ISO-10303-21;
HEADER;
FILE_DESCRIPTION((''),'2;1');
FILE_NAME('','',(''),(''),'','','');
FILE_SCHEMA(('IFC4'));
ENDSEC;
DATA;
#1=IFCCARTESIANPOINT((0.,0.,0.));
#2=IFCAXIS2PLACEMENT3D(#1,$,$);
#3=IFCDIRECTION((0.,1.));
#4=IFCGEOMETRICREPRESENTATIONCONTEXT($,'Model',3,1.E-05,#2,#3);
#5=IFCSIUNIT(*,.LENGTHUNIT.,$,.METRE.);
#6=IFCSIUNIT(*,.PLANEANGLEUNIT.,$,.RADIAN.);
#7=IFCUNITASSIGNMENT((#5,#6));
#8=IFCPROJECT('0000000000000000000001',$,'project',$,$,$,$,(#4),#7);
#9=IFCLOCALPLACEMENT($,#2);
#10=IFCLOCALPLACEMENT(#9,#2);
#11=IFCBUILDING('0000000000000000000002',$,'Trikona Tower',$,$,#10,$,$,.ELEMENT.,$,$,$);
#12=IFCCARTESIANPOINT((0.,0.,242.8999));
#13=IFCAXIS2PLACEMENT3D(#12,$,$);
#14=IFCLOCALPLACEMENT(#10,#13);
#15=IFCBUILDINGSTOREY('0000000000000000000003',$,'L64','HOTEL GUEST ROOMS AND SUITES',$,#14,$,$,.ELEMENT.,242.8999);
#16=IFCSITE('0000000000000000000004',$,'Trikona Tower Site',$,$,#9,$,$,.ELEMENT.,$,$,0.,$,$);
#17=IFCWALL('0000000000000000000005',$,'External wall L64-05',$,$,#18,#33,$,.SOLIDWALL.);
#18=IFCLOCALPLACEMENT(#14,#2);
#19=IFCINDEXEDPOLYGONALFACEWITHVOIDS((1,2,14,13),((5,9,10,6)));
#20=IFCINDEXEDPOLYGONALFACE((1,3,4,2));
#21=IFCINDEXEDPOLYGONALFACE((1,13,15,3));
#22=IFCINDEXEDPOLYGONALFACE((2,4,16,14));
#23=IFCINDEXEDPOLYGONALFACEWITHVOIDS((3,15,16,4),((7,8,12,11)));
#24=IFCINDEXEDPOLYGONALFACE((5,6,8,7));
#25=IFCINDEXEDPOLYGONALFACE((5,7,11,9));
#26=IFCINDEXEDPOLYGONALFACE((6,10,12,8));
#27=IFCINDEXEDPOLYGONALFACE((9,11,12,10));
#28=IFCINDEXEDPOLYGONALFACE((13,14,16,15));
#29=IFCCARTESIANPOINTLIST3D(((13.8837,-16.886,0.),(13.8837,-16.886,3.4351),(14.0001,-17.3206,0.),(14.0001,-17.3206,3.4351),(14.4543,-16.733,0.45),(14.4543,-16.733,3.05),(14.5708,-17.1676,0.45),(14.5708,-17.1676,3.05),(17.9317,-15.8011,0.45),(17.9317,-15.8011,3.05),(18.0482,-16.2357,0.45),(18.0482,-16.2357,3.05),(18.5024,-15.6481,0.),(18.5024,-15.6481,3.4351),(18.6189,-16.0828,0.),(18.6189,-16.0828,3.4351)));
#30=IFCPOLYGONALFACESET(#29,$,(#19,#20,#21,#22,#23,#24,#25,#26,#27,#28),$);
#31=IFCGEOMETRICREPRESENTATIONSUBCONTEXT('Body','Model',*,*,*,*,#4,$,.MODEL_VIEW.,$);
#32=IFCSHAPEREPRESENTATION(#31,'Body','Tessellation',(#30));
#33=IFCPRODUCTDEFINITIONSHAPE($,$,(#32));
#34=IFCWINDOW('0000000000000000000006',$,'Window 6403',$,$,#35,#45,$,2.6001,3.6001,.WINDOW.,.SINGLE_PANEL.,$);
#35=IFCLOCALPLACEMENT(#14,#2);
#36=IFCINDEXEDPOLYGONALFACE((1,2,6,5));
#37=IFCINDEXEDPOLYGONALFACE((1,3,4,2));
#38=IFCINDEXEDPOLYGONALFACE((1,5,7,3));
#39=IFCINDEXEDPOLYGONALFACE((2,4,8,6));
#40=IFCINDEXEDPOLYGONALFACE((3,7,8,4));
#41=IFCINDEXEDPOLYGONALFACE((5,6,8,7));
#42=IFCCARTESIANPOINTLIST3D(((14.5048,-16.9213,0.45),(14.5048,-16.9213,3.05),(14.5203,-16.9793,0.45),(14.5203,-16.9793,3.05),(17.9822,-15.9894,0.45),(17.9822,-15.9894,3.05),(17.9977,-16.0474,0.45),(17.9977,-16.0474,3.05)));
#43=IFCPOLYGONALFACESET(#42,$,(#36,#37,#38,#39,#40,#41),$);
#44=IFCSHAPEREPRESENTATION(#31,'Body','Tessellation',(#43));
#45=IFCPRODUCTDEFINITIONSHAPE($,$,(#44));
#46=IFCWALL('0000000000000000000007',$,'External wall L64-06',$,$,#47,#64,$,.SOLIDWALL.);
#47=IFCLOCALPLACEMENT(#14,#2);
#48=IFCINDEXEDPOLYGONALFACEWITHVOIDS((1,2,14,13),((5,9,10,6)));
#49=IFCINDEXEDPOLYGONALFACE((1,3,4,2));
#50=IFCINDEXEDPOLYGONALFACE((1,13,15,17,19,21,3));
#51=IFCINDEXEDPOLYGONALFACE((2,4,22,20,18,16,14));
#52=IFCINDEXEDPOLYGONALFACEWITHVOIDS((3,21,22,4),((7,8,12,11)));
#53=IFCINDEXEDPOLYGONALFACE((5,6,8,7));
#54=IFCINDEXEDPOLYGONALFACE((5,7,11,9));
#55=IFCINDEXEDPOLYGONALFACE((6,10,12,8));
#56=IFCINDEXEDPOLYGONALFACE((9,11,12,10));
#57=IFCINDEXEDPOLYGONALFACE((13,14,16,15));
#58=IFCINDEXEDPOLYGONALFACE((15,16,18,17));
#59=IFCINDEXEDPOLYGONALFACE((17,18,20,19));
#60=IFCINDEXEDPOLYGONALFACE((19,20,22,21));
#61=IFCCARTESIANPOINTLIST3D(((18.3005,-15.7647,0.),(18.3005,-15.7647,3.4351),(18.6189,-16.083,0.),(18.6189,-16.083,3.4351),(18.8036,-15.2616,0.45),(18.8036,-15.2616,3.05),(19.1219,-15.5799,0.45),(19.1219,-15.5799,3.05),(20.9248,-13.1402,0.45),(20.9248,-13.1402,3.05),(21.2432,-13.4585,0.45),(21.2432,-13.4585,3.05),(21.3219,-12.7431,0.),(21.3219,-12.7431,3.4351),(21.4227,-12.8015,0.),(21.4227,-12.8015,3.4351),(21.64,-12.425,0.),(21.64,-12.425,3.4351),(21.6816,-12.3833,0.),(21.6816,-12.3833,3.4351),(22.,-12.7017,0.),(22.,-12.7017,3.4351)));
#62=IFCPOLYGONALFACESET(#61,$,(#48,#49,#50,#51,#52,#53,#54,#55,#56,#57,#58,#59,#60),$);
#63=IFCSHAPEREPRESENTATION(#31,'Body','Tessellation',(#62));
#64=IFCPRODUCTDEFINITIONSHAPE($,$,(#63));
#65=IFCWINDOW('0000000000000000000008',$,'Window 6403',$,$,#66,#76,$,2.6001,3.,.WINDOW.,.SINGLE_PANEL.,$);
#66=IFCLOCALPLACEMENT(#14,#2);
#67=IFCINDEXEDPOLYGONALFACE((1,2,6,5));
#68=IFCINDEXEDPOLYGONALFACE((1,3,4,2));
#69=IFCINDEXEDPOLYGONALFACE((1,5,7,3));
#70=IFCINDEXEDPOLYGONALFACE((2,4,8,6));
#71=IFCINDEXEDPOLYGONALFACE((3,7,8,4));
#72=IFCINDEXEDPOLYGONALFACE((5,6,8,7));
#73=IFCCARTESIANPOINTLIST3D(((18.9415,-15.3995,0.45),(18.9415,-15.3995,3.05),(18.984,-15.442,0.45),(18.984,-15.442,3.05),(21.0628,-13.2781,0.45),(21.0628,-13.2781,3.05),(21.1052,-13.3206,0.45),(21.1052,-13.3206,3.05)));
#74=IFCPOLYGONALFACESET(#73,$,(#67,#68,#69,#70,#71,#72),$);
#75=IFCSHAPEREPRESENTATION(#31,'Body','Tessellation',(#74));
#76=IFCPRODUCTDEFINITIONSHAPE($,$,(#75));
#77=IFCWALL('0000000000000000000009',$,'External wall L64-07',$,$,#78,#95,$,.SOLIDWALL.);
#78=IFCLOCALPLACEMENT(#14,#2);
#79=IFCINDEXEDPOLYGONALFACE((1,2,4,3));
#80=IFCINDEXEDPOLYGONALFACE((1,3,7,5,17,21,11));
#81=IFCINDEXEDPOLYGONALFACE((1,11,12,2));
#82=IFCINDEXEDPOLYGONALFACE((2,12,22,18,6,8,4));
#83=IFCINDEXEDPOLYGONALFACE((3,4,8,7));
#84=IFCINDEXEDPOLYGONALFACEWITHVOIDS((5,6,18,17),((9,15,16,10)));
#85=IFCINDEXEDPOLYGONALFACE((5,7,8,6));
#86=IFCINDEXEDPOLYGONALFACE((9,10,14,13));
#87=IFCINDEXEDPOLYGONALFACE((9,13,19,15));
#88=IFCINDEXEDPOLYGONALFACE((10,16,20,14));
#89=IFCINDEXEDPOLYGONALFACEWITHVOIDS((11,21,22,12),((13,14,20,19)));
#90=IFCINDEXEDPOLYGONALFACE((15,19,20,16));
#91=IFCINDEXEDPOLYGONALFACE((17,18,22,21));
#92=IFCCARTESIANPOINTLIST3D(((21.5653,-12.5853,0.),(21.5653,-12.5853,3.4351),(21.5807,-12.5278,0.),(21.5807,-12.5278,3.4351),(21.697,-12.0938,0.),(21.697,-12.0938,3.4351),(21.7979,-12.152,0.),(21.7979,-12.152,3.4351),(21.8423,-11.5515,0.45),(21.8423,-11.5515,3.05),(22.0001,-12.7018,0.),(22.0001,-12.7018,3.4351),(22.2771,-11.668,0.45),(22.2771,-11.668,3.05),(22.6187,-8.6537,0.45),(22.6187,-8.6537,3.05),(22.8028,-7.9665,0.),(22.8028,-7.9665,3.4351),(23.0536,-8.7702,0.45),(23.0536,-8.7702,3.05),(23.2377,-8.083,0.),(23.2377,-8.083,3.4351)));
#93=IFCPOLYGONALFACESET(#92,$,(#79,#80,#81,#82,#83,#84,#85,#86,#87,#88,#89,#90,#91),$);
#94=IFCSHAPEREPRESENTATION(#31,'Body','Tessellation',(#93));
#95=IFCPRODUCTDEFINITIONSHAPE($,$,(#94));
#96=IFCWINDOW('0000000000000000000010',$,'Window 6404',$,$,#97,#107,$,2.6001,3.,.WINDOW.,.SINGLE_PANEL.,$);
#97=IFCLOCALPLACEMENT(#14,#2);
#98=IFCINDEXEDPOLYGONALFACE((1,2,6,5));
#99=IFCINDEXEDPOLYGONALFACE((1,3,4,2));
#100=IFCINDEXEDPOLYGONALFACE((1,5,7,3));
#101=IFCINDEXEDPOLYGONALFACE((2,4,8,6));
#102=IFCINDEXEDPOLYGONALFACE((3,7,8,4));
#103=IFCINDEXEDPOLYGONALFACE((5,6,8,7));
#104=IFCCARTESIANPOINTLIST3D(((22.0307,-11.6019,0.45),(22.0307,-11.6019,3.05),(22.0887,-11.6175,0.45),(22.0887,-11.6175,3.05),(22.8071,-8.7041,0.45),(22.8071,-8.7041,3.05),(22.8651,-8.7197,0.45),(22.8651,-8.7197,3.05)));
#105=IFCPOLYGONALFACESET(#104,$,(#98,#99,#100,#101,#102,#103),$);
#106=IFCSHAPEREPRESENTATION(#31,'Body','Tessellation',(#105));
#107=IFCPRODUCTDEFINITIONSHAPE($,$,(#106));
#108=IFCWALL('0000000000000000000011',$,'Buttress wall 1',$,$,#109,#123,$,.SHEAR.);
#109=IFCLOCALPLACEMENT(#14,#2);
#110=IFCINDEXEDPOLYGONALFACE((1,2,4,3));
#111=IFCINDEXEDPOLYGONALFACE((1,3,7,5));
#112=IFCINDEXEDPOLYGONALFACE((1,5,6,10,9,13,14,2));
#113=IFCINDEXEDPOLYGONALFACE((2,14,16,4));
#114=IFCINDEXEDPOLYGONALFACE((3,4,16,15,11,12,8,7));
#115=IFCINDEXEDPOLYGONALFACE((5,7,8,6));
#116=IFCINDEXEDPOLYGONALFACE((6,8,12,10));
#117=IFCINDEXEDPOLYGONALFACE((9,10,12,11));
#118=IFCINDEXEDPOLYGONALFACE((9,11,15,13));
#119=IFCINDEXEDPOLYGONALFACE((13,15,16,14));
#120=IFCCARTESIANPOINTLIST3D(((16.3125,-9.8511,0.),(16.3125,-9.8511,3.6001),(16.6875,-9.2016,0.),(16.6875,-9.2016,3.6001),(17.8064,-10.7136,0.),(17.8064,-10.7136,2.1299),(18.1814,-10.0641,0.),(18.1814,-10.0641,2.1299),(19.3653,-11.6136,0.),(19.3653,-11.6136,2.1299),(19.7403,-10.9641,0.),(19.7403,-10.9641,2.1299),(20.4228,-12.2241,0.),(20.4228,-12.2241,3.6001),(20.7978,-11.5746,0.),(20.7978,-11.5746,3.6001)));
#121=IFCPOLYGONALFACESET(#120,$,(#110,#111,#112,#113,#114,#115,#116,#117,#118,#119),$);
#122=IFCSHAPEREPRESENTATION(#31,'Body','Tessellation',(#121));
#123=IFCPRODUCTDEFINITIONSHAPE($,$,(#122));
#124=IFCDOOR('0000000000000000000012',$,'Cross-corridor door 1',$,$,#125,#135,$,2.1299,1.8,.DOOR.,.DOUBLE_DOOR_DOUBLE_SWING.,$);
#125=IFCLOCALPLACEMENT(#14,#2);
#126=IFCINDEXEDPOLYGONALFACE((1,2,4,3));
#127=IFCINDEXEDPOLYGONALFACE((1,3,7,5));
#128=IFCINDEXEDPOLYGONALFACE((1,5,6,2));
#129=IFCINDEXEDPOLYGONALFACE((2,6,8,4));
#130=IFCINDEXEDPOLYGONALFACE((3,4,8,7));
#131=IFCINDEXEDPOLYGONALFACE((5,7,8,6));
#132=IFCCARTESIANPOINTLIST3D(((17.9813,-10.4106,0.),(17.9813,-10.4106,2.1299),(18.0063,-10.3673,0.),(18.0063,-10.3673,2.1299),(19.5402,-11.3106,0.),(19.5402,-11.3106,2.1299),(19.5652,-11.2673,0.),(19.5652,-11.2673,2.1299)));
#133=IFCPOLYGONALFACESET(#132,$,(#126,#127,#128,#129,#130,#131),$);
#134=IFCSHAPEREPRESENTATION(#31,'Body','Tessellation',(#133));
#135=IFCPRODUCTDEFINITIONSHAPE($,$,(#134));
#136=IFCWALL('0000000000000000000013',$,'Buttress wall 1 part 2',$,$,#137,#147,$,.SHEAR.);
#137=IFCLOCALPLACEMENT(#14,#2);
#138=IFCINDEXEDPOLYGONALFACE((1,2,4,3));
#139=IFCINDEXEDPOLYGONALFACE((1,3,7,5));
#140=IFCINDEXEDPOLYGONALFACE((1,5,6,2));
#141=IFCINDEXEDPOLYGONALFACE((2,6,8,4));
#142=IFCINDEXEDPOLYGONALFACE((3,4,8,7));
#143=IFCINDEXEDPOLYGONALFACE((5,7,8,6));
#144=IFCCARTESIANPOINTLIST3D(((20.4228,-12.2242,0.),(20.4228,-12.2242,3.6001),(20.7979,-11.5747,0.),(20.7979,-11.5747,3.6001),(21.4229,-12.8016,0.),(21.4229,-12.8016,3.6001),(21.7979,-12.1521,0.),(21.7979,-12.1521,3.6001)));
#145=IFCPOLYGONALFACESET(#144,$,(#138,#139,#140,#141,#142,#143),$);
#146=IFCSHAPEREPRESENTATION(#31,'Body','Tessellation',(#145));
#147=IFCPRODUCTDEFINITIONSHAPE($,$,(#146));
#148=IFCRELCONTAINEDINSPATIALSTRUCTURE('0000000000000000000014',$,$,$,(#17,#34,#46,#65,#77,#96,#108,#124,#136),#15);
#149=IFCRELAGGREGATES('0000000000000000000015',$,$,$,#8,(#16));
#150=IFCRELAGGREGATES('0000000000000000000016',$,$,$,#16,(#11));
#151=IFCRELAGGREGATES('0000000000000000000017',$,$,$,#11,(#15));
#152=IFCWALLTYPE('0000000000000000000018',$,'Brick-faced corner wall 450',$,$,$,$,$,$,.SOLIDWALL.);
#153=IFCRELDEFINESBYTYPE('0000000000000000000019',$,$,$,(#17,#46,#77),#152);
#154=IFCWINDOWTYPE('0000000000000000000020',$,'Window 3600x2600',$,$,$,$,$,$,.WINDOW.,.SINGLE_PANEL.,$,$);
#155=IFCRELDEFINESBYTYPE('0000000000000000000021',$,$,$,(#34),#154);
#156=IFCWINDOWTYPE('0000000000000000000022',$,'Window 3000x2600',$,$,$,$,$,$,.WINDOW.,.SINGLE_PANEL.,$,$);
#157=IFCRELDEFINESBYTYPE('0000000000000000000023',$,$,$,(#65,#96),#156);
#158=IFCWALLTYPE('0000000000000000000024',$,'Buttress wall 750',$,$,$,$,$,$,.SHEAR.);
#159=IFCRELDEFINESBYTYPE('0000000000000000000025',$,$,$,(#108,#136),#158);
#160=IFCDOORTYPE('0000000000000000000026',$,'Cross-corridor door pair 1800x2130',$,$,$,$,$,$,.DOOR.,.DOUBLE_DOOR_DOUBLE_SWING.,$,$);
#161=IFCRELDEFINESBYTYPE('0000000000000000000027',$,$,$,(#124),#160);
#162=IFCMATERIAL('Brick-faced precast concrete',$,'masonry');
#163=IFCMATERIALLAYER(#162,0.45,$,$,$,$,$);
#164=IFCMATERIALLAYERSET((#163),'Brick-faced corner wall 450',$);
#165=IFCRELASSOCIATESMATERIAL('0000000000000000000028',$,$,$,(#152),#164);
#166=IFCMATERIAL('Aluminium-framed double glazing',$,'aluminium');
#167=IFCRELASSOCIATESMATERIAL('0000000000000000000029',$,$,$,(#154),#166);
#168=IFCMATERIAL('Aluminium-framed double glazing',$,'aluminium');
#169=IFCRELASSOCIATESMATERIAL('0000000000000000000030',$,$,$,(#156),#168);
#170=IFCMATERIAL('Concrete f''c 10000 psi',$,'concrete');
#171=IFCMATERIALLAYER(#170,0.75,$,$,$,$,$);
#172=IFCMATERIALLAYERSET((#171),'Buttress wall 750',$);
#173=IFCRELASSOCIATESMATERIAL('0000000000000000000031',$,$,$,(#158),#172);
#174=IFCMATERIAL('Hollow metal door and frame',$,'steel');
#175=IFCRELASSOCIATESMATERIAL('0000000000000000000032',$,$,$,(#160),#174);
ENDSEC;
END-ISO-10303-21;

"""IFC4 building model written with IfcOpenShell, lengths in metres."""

from ifc_helpers import new_model, si_unit, direction, frame, frame_2d, origin, place, context, subcontext, project, spatial, polyline, rectangle, outline, extrude, material, layer, layer_set, type_object, element, fill, save


model = new_model("IFC4")

# Units and contexts
model_context = context("Model", 3, precision=1e-05, world=origin(), true_north=direction((0.0, 1.0)))
body_context = subcontext(model_context, "Body", "Model", "MODEL_VIEW")
ifc_project = project(units=[si_unit("LENGTHUNIT", "METRE"), si_unit("PLANEANGLEUNIT", "RADIAN")], contexts=[model_context])

# Site, building, storey
site_placement = place(None, origin())
site = spatial("IfcSite", under=ifc_project, at=site_placement, Name="Trikona Tower Site", CompositionType="ELEMENT", RefElevation=0.0)
building_placement = place(site_placement, origin())
building = spatial("IfcBuilding", under=site, at=building_placement, Name="Trikona Tower", CompositionType="ELEMENT")
storey_placement = place(building_placement, frame((0.0, 0.0, 242.8999)))
storey = spatial("IfcBuildingStorey", under=building, at=storey_placement, Name="L64", Description="HOTEL GUEST ROOMS AND SUITES", CompositionType="ELEMENT", Elevation=242.8999)

# Walls, openings, windows
ifc_material_1 = material(Name="Brick-faced precast concrete", Category="masonry")
ifc_layer_1 = layer(ifc_material_1, 0.45)
ifc_layer_set_1 = layer_set([ifc_layer_1], Name="Brick-faced corner wall 450")
wall_type_1 = type_object("IfcWallType", Name="Brick-faced corner wall 450", PredefinedType="SOLIDWALL", material=ifc_layer_set_1)
wall_1_placement = place(storey_placement, frame((13.9419, -17.1033, 0.0), z_axis=(0.0, 0.0, 1.0), x_axis=(0.965914, 0.258864, 0.0)))
wall_1 = element("IfcWall", 1, at=wall_1_placement, inside=storey, type_object=wall_type_1, Name="External wall L64-05", PredefinedType="SOLIDWALL", context=body_context, shape_type="SweptSolid", body=[
    extrude(rectangle(XDim=4.7817, YDim=0.45, at=frame_2d((2.3909, 0.0))), origin(), (0.0, 0.0, 1.0), 3.4351),
])
opening_1_placement = place(wall_1_placement, frame((0.5908, 0.0, 0.45)))
opening_1 = element("IfcOpeningElement", 2, at=opening_1_placement, cuts=wall_1, PredefinedType="OPENING", context=body_context, shape_type="SweptSolid", body=[
    extrude(rectangle(XDim=3.6001, YDim=2.6001, at=frame_2d((1.8, 1.3))), frame((0.0, 0.2349, 0.0), z_axis=(0.0, -1.0, 0.0), x_axis=(1.0, 0.0, 0.0)), (0.0, 0.0, 1.0), 0.47),
])
ifc_material_2 = material(Name="Aluminium-framed double glazing", Category="aluminium")
window_type_1 = type_object("IfcWindowType", Name="Window 3600x2600", PartitioningType="SINGLE_PANEL", PredefinedType="WINDOW", material=ifc_material_2)
window_1_placement = place(opening_1_placement, origin())
window_1 = element("IfcWindow", 3, at=window_1_placement, inside=storey, type_object=window_type_1, Name="Window 6403", OverallHeight=2.6001, OverallWidth=3.6001, PartitioningType="SINGLE_PANEL", PredefinedType="WINDOW", context=body_context, shape_type="SweptSolid", body=[
    extrude(rectangle(XDim=3.6001, YDim=2.6001, at=frame_2d((1.8, 1.3))), frame((0.0, 0.03, 0.0), z_axis=(0.0, -1.0, 0.0), x_axis=(1.0, 0.0, 0.0)), (0.0, 0.0, 1.0), 0.0601),
])
fill(opening_1, window_1)
wall_2_placement = place(storey_placement, frame((18.4597, -15.9238, 0.0), z_axis=(0.0, 0.0, 1.0), x_axis=(0.707081, 0.707132, 0.0)))
wall_2 = element("IfcWall", 4, at=wall_2_placement, inside=storey, type_object=wall_type_1, Name="External wall L64-06", PredefinedType="SOLIDWALL", context=body_context, shape_type="SweptSolid", body=[
    extrude(outline(polyline([(4.7817, 0.2251), (4.7229, 0.2251), (4.303, 0.1125), (4.2729, 0.2251), (0.0, 0.2251), (0.0, -0.2251), (4.7817, -0.2251), (4.7817, 0.2251)])), origin(), (0.0, 0.0, 1.0), 3.4351),
])
opening_2_placement = place(wall_2_placement, frame((0.7114, 0.0, 0.45)))
opening_2 = element("IfcOpeningElement", 5, at=opening_2_placement, cuts=wall_2, PredefinedType="OPENING", context=body_context, shape_type="SweptSolid", body=[
    extrude(rectangle(XDim=3.0, YDim=2.6001, at=frame_2d((1.5, 1.3))), frame((0.0, 0.2349, 0.0), z_axis=(0.0, -1.0, 0.0), x_axis=(1.0, 0.0, 0.0)), (0.0, 0.0, 1.0), 0.47),
])
ifc_material_3 = material(Name="Aluminium-framed double glazing", Category="aluminium")
window_type_2 = type_object("IfcWindowType", Name="Window 3000x2600", PartitioningType="SINGLE_PANEL", PredefinedType="WINDOW", material=ifc_material_3)
window_2_placement = place(opening_2_placement, origin())
window_2 = element("IfcWindow", 6, at=window_2_placement, inside=storey, type_object=window_type_2, Name="Window 6403", OverallHeight=2.6001, OverallWidth=3.0, PartitioningType="SINGLE_PANEL", PredefinedType="WINDOW", context=body_context, shape_type="SweptSolid", body=[
    extrude(rectangle(XDim=3.0, YDim=2.6001, at=frame_2d((1.5, 1.3))), frame((0.0, 0.03, 0.0), z_axis=(0.0, -1.0, 0.0), x_axis=(1.0, 0.0, 0.0)), (0.0, 0.0, 1.0), 0.0601),
])
fill(opening_2, window_2)
wall_3_placement = place(storey_placement, frame((21.7827, -12.6436, 0.0), z_axis=(0.0, 0.0, 1.0), x_axis=(0.258803, 0.96593, 0.0)))
wall_3 = element("IfcWall", 7, at=wall_3_placement, inside=storey, type_object=wall_type_1, Name="External wall L64-07", PredefinedType="SOLIDWALL", context=body_context, shape_type="SweptSolid", body=[
    extrude(outline(polyline([(4.7817, 0.2251), (0.5088, 0.2251), (0.4788, 0.1125), (0.0596, 0.2251), (0.0, 0.2251), (0.0, -0.2251), (4.7817, -0.2251), (4.7817, 0.2251)])), origin(), (0.0, 0.0, 1.0), 3.4351),
])
opening_3_placement = place(wall_3_placement, frame((1.0703, 0.0, 0.45)))
opening_3 = element("IfcOpeningElement", 8, at=opening_3_placement, cuts=wall_3, PredefinedType="OPENING", context=body_context, shape_type="SweptSolid", body=[
    extrude(rectangle(XDim=3.0, YDim=2.6001, at=frame_2d((1.5, 1.3))), frame((0.0, 0.2349, 0.0), z_axis=(0.0, -1.0, 0.0), x_axis=(1.0, 0.0, 0.0)), (0.0, 0.0, 1.0), 0.47),
])
window_3_placement = place(opening_3_placement, origin())
window_3 = element("IfcWindow", 9, at=window_3_placement, inside=storey, type_object=window_type_2, Name="Window 6404", OverallHeight=2.6001, OverallWidth=3.0, PartitioningType="SINGLE_PANEL", PredefinedType="WINDOW", context=body_context, shape_type="SweptSolid", body=[
    extrude(rectangle(XDim=3.0, YDim=2.6001, at=frame_2d((1.5, 1.3))), frame((0.0, 0.03, 0.0), z_axis=(0.0, -1.0, 0.0), x_axis=(1.0, 0.0, 0.0)), (0.0, 0.0, 1.0), 0.0601),
])
fill(opening_3, window_3)

# Wall, opening, door
ifc_material_4 = material(Name="Concrete f'c 10000 psi", Category="concrete")
ifc_layer_2 = layer(ifc_material_4, 0.75)
ifc_layer_set_2 = layer_set([ifc_layer_2], Name="Buttress wall 750")
wall_type_2 = type_object("IfcWallType", Name="Buttress wall 750", PredefinedType="SHEAR", material=ifc_layer_set_2)
wall_4_placement = place(storey_placement, frame((16.5, -9.5264, 0.0), z_axis=(0.0, 0.0, 1.0), x_axis=(0.866031, -0.49999, 0.0)))
wall_4 = element("IfcWall", 10, at=wall_4_placement, inside=storey, type_object=wall_type_2, Name="Buttress wall 1", PredefinedType="SHEAR", context=body_context, shape_type="SweptSolid", body=[
    extrude(rectangle(XDim=4.7461, YDim=0.75, at=frame_2d((2.373, 0.0))), origin(), (0.0, 0.0, 1.0), 3.6001),
])
opening_4_placement = place(wall_4_placement, frame((1.7251, 0.0, 0.0)))
opening_4 = element("IfcOpeningElement", 11, at=opening_4_placement, cuts=wall_4, PredefinedType="OPENING", context=body_context, shape_type="SweptSolid", body=[
    extrude(rectangle(XDim=1.8, YDim=2.1299, at=frame_2d((0.8999, 1.0649))), frame((0.0, 0.385, 0.0), z_axis=(0.0, -1.0, 0.0), x_axis=(1.0, 0.0, 0.0)), (0.0, 0.0, 1.0), 0.77),
])
ifc_material_5 = material(Name="Hollow metal door and frame", Category="steel")
door_type_1 = type_object("IfcDoorType", Name="Cross-corridor door pair 1800x2130", OperationType="DOUBLE_DOOR_DOUBLE_SWING", PredefinedType="DOOR", material=ifc_material_5)
door_1_placement = place(opening_4_placement, origin())
door_1 = element("IfcDoor", 12, at=door_1_placement, inside=storey, type_object=door_type_1, Name="Cross-corridor door 1", OperationType="DOUBLE_DOOR_DOUBLE_SWING", OverallHeight=2.1299, OverallWidth=1.8, PredefinedType="DOOR", context=body_context, shape_type="SweptSolid", body=[
    extrude(rectangle(XDim=1.8, YDim=2.1299, at=frame_2d((0.8999, 1.0649))), frame((0.0, 0.0249, 0.0), z_axis=(0.0, -1.0, 0.0), x_axis=(1.0, 0.0, 0.0)), (0.0, 0.0, 1.0), 0.05),
])
fill(opening_4, door_1)

# Wall
wall_5_placement = place(storey_placement, frame((20.6104, -11.8994, 0.0), z_axis=(0.0, 0.0, 1.0), x_axis=(0.86601, -0.500027, 0.0)))
element("IfcWall", 13, at=wall_5_placement, inside=storey, type_object=wall_type_2, Name="Buttress wall 1 part 2", PredefinedType="SHEAR", context=body_context, shape_type="SweptSolid", body=[
    extrude(rectangle(XDim=1.1548, YDim=0.75, at=frame_2d((0.5774, 0.0))), origin(), (0.0, 0.0, 1.0), 3.6001),
])

save(model, "model.ifc")
